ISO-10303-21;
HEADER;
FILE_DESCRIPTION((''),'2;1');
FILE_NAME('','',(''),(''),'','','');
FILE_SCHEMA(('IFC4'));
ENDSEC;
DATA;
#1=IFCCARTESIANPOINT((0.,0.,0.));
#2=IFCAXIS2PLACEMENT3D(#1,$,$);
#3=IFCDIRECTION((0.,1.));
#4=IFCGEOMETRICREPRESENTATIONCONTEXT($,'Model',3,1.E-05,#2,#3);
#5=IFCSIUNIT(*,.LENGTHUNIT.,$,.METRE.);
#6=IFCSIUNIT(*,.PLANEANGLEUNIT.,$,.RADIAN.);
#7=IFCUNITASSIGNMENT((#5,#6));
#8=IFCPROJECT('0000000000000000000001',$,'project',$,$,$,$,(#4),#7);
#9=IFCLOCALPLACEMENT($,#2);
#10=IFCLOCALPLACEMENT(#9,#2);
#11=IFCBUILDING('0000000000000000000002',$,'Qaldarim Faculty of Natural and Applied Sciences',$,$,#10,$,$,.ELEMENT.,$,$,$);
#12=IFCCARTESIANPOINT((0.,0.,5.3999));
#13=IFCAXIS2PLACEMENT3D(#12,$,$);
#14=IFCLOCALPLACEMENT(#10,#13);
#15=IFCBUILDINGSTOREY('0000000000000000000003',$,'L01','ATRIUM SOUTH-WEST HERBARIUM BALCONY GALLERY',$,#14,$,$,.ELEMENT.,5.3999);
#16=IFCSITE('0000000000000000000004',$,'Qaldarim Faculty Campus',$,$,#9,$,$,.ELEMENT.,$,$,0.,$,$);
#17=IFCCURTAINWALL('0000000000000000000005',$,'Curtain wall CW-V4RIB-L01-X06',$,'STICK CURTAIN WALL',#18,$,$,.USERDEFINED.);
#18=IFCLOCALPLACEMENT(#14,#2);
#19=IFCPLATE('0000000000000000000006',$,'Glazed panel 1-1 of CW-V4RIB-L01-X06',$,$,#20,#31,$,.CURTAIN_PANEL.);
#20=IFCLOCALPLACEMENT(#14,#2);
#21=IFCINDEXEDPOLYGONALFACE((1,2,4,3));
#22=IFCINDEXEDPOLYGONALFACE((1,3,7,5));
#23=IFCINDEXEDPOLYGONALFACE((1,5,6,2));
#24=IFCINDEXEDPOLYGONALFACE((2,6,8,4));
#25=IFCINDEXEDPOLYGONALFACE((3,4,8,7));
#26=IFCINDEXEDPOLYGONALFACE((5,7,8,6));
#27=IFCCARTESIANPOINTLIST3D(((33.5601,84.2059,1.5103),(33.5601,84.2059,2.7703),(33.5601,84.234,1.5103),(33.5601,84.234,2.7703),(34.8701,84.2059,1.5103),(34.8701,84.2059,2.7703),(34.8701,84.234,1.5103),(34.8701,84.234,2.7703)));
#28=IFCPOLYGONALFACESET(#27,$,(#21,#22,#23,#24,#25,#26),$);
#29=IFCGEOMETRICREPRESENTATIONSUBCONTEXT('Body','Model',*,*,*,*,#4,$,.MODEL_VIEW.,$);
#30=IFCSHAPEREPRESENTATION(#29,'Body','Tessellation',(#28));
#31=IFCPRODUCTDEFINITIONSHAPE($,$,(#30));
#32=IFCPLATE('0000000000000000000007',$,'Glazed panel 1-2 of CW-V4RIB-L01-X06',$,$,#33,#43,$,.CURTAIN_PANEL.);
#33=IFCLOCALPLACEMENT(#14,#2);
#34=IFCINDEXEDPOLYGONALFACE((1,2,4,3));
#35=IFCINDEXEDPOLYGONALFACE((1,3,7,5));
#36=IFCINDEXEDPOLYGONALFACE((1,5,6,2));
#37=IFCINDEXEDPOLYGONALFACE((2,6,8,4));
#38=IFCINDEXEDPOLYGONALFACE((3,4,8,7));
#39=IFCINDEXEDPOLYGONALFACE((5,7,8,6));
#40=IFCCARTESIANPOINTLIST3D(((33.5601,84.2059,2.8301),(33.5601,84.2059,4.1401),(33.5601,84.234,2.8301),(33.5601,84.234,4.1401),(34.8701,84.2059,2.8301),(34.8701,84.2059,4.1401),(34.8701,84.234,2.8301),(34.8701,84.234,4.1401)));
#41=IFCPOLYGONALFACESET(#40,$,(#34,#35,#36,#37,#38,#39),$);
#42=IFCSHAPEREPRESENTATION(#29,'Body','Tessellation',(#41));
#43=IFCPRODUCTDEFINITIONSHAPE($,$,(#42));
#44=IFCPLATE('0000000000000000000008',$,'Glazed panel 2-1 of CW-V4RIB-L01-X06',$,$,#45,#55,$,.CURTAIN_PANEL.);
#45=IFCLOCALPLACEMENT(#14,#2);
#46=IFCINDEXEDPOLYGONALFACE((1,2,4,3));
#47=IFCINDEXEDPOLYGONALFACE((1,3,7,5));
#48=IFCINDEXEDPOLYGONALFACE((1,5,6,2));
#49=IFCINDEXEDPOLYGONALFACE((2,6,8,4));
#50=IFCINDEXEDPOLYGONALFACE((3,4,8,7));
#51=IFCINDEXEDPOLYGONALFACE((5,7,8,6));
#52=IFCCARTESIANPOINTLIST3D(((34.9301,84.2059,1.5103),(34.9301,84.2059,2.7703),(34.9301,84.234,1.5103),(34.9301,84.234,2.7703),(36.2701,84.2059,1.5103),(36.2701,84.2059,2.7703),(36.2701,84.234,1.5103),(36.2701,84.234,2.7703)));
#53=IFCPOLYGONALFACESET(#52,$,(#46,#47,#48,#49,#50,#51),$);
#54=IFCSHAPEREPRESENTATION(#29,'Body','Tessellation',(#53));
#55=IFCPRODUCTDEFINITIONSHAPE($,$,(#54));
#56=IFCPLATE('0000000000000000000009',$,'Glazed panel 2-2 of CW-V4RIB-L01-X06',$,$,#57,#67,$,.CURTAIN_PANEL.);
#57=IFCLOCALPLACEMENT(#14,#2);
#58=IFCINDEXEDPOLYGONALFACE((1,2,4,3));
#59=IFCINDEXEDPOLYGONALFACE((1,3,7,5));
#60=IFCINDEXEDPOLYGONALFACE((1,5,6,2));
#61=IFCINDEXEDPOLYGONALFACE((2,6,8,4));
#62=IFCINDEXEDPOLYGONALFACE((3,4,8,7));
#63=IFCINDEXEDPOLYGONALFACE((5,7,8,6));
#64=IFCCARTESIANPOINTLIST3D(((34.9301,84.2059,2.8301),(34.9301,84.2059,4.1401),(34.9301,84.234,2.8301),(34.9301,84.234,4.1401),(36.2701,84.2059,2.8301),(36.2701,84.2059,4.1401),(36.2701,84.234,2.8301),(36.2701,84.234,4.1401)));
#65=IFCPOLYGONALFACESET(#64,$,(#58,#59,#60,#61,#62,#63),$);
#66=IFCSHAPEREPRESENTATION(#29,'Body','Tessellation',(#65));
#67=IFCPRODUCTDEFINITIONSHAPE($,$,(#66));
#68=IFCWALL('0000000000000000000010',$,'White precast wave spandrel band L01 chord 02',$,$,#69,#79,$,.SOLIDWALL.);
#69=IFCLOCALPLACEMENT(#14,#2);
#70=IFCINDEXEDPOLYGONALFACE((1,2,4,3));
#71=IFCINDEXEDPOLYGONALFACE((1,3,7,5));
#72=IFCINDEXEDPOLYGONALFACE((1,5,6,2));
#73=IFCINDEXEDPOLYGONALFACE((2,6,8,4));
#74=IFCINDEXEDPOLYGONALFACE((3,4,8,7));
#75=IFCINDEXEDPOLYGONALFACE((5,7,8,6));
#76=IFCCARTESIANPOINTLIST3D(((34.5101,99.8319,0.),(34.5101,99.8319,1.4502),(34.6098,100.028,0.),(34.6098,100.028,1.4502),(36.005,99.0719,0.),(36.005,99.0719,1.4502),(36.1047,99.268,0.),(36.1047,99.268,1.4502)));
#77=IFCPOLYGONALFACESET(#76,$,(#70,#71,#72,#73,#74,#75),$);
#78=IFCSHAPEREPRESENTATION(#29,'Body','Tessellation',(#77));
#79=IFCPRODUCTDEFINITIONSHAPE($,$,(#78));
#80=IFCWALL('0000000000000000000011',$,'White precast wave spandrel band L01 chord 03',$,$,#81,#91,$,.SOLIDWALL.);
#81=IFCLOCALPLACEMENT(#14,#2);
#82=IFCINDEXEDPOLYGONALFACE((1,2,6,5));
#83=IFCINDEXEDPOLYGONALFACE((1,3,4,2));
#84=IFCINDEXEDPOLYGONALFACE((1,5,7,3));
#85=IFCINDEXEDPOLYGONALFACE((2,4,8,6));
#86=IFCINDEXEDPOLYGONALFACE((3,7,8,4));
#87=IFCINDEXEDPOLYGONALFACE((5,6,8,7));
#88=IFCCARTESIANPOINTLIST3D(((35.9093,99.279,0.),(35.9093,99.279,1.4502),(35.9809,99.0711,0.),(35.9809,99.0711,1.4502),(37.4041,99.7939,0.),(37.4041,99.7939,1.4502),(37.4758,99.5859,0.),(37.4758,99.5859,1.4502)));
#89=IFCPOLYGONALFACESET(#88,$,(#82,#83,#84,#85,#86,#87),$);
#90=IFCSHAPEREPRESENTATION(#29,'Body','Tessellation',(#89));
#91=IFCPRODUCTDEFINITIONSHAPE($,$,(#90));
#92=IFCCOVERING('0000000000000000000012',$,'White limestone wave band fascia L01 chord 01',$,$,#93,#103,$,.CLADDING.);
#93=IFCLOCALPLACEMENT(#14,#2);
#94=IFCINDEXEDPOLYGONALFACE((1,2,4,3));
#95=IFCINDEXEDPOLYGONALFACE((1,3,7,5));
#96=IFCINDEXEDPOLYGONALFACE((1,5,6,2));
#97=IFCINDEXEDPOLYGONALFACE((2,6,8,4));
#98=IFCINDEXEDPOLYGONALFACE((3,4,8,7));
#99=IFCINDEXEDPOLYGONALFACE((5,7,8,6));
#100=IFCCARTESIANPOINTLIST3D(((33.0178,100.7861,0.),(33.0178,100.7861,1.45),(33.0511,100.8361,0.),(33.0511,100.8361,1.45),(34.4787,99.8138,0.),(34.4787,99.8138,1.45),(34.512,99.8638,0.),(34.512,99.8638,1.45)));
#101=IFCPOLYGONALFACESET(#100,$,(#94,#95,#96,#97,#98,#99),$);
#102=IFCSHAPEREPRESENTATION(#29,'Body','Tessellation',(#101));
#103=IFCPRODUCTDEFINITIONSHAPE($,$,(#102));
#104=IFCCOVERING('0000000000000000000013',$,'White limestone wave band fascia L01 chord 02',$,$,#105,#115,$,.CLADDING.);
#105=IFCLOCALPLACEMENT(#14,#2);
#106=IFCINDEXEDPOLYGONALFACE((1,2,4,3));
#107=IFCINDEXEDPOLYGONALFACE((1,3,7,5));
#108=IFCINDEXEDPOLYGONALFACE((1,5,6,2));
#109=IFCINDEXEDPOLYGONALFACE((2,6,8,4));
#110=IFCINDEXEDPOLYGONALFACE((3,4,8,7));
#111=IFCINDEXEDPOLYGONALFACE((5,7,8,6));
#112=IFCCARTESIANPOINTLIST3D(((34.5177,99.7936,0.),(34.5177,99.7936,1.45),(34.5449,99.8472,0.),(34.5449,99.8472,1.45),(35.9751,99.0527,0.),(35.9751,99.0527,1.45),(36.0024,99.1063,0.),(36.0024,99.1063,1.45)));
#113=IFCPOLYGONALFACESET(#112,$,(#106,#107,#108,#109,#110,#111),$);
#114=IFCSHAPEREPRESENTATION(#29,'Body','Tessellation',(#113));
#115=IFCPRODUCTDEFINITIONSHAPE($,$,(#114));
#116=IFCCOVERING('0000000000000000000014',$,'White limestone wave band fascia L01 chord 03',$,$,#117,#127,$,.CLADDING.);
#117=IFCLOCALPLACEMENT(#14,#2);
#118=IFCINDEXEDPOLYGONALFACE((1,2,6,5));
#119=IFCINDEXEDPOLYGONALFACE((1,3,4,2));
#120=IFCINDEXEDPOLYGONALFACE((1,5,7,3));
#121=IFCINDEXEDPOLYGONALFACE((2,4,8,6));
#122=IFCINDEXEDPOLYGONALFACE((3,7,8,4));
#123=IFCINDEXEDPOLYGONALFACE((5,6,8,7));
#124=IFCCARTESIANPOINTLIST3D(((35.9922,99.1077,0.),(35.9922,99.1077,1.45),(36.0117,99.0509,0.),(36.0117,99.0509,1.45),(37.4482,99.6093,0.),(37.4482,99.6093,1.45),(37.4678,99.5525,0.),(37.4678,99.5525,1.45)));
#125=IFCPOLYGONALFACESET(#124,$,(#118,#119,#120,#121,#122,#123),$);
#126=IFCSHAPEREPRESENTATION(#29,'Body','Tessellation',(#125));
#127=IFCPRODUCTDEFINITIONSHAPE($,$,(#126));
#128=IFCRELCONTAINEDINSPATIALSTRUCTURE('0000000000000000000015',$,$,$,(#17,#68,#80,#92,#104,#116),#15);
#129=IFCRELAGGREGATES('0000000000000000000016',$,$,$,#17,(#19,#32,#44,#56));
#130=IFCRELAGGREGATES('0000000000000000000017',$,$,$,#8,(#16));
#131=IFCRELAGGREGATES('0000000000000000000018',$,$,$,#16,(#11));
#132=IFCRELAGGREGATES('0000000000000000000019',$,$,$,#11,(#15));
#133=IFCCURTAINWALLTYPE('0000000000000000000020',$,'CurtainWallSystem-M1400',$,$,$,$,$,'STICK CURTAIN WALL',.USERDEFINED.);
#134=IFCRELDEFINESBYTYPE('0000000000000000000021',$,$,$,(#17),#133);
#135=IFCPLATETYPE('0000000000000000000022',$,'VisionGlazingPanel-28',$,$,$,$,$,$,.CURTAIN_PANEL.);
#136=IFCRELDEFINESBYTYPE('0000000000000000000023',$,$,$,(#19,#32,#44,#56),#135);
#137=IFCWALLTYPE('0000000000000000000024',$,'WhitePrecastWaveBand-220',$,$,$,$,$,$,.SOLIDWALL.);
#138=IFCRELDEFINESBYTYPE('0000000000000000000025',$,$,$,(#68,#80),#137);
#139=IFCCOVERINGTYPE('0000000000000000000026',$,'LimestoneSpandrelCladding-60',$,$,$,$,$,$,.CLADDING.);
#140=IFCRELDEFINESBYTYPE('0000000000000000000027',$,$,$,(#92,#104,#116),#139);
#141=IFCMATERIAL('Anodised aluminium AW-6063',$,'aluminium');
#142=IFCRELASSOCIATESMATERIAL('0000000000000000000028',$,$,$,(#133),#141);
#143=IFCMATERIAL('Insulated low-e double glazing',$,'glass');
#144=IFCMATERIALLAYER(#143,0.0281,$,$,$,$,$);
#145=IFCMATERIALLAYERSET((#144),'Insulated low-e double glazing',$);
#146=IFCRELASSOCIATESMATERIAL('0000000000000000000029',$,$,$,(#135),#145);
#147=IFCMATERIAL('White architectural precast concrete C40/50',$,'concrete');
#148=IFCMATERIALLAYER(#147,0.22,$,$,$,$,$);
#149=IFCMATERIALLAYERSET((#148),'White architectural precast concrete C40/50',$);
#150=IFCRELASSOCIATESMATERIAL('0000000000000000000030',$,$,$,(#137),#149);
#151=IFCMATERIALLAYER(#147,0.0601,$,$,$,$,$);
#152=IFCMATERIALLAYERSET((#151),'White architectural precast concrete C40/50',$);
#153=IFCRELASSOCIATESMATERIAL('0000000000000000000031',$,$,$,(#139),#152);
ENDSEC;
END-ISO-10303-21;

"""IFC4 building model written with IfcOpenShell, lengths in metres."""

from ifc_helpers import new_model, si_unit, direction, frame, frame_2d, origin, origin_2d, place, context, subcontext, project, spatial, rectangle, extrude, material, layer, layer_set, type_object, element, aggregate, save


model = new_model("IFC4")

# Units and contexts
model_context = context("Model", 3, precision=1e-05, world=origin(), true_north=direction((0.0, 1.0)))
body_context = subcontext(model_context, "Body", "Model", "MODEL_VIEW")
ifc_project = project(units=[si_unit("LENGTHUNIT", "METRE"), si_unit("PLANEANGLEUNIT", "RADIAN")], contexts=[model_context])

# Site, building, storey
site_placement = place(None, origin())
site = spatial("IfcSite", under=ifc_project, at=site_placement, Name="Qaldarim Faculty Campus", CompositionType="ELEMENT", RefElevation=0.0)
building_placement = place(site_placement, origin())
building = spatial("IfcBuilding", under=site, at=building_placement, Name="Qaldarim Faculty of Natural and Applied Sciences", CompositionType="ELEMENT")
storey_placement = place(building_placement, frame((0.0, 0.0, 5.3999)))
storey = spatial("IfcBuildingStorey", under=building, at=storey_placement, Name="L01", Description="ATRIUM SOUTH-WEST HERBARIUM BALCONY GALLERY", CompositionType="ELEMENT", Elevation=5.3999)

# Curtain wall, plates
ifc_material_1 = material(Name="Anodised aluminium AW-6063", Category="aluminium")
curtain_wall_type = type_object("IfcCurtainWallType", Name="CurtainWallSystem-M1400", ElementType="STICK CURTAIN WALL", PredefinedType="USERDEFINED", material=ifc_material_1)
curtain_wall_placement = place(storey_placement, origin())
curtain_wall = element("IfcCurtainWall", 1, at=curtain_wall_placement, inside=storey, type_object=curtain_wall_type, Name="Curtain wall CW-V4RIB-L01-X06", ObjectType="STICK CURTAIN WALL", PredefinedType="USERDEFINED")
ifc_material_2 = material(Name="Insulated low-e double glazing", Category="glass")
ifc_layer_1 = layer(ifc_material_2, 0.0281)
ifc_layer_set_1 = layer_set([ifc_layer_1], Name="Insulated low-e double glazing")
plate_type = type_object("IfcPlateType", Name="VisionGlazingPanel-28", PredefinedType="CURTAIN_PANEL", material=ifc_layer_set_1)
plate_1_placement = place(storey_placement, frame((34.2151, 84.22, 1.5103), z_axis=(0.0, 0.0, 1.0), x_axis=(1.0, 0.0, 0.0)))
plate_1 = element("IfcPlate", 2, at=plate_1_placement, type_object=plate_type, Name="Glazed panel 1-1 of CW-V4RIB-L01-X06", PredefinedType="CURTAIN_PANEL", context=body_context, shape_type="SweptSolid", body=[
    extrude(rectangle(XDim=1.3101, YDim=0.0281, at=origin_2d()), origin(), (0.0, 0.0, 1.0), 1.26),
])
plate_2_placement = place(storey_placement, frame((34.2151, 84.22, 2.8301), z_axis=(0.0, 0.0, 1.0), x_axis=(1.0, 0.0, 0.0)))
plate_2 = element("IfcPlate", 3, at=plate_2_placement, type_object=plate_type, Name="Glazed panel 1-2 of CW-V4RIB-L01-X06", PredefinedType="CURTAIN_PANEL", context=body_context, shape_type="SweptSolid", body=[
    extrude(rectangle(XDim=1.3101, YDim=0.0281, at=origin_2d()), origin(), (0.0, 0.0, 1.0), 1.3101),
])
plate_3_placement = place(storey_placement, frame((35.6001, 84.22, 1.5103), z_axis=(0.0, 0.0, 1.0), x_axis=(1.0, 0.0, 0.0)))
plate_3 = element("IfcPlate", 4, at=plate_3_placement, type_object=plate_type, Name="Glazed panel 2-1 of CW-V4RIB-L01-X06", PredefinedType="CURTAIN_PANEL", context=body_context, shape_type="SweptSolid", body=[
    extrude(rectangle(XDim=1.3401, YDim=0.0281, at=origin_2d()), origin(), (0.0, 0.0, 1.0), 1.26),
])
plate_4_placement = place(storey_placement, frame((35.6001, 84.22, 2.8301), z_axis=(0.0, 0.0, 1.0), x_axis=(1.0, 0.0, 0.0)))
plate_4 = element("IfcPlate", 5, at=plate_4_placement, type_object=plate_type, Name="Glazed panel 2-2 of CW-V4RIB-L01-X06", PredefinedType="CURTAIN_PANEL", context=body_context, shape_type="SweptSolid", body=[
    extrude(rectangle(XDim=1.3401, YDim=0.0281, at=origin_2d()), origin(), (0.0, 0.0, 1.0), 1.3101),
])
aggregate(curtain_wall, [plate_1, plate_2, plate_3, plate_4])

# Walls
ifc_material_3 = material(Name="White architectural precast concrete C40/50", Category="concrete")
ifc_layer_2 = layer(ifc_material_3, 0.22)
ifc_layer_set_2 = layer_set([ifc_layer_2], Name="White architectural precast concrete C40/50")
wall_type = type_object("IfcWallType", Name="WhitePrecastWaveBand-220", PredefinedType="SOLIDWALL", material=ifc_layer_set_2)
wall_1_placement = place(storey_placement, frame((34.5601, 99.9299, 0.0), z_axis=(0.0, 0.0, 1.0), x_axis=(0.891408, -0.453202, 0.0)))
element("IfcWall", 6, at=wall_1_placement, inside=storey, type_object=wall_type, Name="White precast wave spandrel band L01 chord 02", PredefinedType="SOLIDWALL", context=body_context, shape_type="SweptSolid", body=[
    extrude(rectangle(XDim=1.677, YDim=0.22, at=frame_2d((0.8384, 0.0))), origin(), (0.0, 0.0, 1.0), 1.4502),
])
wall_2_placement = place(storey_placement, frame((35.9451, 99.175, 0.0), z_axis=(0.0, 0.0, 1.0), x_axis=(0.945486, 0.325662, 0.0)))
element("IfcWall", 7, at=wall_2_placement, inside=storey, type_object=wall_type, Name="White precast wave spandrel band L01 chord 03", PredefinedType="SOLIDWALL", context=body_context, shape_type="SweptSolid", body=[
    extrude(rectangle(XDim=1.5811, YDim=0.22, at=frame_2d((0.7905, 0.0))), origin(), (0.0, 0.0, 1.0), 1.4502),
])

# Coverings
ifc_layer_3 = layer(ifc_material_3, 0.0601)
ifc_layer_set_3 = layer_set([ifc_layer_3], Name="White architectural precast concrete C40/50")
covering_type = type_object("IfcCoveringType", Name="LimestoneSpandrelCladding-60", PredefinedType="CLADDING", material=ifc_layer_set_3)
covering_1_placement = place(storey_placement, frame((33.7649, 100.325, 0.0), z_axis=(0.0, 0.0, 1.0), x_axis=(0.832477, -0.55406, 0.0)))
element("IfcCovering", 8, at=covering_1_placement, inside=storey, type_object=covering_type, Name="White limestone wave band fascia L01 chord 01", PredefinedType="CLADDING", context=body_context, shape_type="SweptSolid", body=[
    extrude(rectangle(XDim=1.7549, YDim=0.0601, at=origin_2d()), origin(), (0.0, 0.0, 1.0), 1.45),
])
covering_2_placement = place(storey_placement, frame((35.26, 99.45, 0.0), z_axis=(0.0, 0.0, 1.0), x_axis=(0.891426, -0.453166, 0.0)))
element("IfcCovering", 9, at=covering_2_placement, inside=storey, type_object=covering_type, Name="White limestone wave band fascia L01 chord 02", PredefinedType="CLADDING", context=body_context, shape_type="SweptSolid", body=[
    extrude(rectangle(XDim=1.635, YDim=0.0601, at=origin_2d()), origin(), (0.0, 0.0, 1.0), 1.45),
])
covering_3_placement = place(storey_placement, frame((36.73, 99.3301, 0.0), z_axis=(0.0, 0.0, 1.0), x_axis=(0.945473, 0.3257, 0.0)))
element("IfcCovering", 10, at=covering_3_placement, inside=storey, type_object=covering_type, Name="White limestone wave band fascia L01 chord 03", PredefinedType="CLADDING", context=body_context, shape_type="SweptSolid", body=[
    extrude(rectangle(XDim=1.54, YDim=0.0601, at=origin_2d()), origin(), (0.0, 0.0, 1.0), 1.45),
])

save(model, "model.ifc")
